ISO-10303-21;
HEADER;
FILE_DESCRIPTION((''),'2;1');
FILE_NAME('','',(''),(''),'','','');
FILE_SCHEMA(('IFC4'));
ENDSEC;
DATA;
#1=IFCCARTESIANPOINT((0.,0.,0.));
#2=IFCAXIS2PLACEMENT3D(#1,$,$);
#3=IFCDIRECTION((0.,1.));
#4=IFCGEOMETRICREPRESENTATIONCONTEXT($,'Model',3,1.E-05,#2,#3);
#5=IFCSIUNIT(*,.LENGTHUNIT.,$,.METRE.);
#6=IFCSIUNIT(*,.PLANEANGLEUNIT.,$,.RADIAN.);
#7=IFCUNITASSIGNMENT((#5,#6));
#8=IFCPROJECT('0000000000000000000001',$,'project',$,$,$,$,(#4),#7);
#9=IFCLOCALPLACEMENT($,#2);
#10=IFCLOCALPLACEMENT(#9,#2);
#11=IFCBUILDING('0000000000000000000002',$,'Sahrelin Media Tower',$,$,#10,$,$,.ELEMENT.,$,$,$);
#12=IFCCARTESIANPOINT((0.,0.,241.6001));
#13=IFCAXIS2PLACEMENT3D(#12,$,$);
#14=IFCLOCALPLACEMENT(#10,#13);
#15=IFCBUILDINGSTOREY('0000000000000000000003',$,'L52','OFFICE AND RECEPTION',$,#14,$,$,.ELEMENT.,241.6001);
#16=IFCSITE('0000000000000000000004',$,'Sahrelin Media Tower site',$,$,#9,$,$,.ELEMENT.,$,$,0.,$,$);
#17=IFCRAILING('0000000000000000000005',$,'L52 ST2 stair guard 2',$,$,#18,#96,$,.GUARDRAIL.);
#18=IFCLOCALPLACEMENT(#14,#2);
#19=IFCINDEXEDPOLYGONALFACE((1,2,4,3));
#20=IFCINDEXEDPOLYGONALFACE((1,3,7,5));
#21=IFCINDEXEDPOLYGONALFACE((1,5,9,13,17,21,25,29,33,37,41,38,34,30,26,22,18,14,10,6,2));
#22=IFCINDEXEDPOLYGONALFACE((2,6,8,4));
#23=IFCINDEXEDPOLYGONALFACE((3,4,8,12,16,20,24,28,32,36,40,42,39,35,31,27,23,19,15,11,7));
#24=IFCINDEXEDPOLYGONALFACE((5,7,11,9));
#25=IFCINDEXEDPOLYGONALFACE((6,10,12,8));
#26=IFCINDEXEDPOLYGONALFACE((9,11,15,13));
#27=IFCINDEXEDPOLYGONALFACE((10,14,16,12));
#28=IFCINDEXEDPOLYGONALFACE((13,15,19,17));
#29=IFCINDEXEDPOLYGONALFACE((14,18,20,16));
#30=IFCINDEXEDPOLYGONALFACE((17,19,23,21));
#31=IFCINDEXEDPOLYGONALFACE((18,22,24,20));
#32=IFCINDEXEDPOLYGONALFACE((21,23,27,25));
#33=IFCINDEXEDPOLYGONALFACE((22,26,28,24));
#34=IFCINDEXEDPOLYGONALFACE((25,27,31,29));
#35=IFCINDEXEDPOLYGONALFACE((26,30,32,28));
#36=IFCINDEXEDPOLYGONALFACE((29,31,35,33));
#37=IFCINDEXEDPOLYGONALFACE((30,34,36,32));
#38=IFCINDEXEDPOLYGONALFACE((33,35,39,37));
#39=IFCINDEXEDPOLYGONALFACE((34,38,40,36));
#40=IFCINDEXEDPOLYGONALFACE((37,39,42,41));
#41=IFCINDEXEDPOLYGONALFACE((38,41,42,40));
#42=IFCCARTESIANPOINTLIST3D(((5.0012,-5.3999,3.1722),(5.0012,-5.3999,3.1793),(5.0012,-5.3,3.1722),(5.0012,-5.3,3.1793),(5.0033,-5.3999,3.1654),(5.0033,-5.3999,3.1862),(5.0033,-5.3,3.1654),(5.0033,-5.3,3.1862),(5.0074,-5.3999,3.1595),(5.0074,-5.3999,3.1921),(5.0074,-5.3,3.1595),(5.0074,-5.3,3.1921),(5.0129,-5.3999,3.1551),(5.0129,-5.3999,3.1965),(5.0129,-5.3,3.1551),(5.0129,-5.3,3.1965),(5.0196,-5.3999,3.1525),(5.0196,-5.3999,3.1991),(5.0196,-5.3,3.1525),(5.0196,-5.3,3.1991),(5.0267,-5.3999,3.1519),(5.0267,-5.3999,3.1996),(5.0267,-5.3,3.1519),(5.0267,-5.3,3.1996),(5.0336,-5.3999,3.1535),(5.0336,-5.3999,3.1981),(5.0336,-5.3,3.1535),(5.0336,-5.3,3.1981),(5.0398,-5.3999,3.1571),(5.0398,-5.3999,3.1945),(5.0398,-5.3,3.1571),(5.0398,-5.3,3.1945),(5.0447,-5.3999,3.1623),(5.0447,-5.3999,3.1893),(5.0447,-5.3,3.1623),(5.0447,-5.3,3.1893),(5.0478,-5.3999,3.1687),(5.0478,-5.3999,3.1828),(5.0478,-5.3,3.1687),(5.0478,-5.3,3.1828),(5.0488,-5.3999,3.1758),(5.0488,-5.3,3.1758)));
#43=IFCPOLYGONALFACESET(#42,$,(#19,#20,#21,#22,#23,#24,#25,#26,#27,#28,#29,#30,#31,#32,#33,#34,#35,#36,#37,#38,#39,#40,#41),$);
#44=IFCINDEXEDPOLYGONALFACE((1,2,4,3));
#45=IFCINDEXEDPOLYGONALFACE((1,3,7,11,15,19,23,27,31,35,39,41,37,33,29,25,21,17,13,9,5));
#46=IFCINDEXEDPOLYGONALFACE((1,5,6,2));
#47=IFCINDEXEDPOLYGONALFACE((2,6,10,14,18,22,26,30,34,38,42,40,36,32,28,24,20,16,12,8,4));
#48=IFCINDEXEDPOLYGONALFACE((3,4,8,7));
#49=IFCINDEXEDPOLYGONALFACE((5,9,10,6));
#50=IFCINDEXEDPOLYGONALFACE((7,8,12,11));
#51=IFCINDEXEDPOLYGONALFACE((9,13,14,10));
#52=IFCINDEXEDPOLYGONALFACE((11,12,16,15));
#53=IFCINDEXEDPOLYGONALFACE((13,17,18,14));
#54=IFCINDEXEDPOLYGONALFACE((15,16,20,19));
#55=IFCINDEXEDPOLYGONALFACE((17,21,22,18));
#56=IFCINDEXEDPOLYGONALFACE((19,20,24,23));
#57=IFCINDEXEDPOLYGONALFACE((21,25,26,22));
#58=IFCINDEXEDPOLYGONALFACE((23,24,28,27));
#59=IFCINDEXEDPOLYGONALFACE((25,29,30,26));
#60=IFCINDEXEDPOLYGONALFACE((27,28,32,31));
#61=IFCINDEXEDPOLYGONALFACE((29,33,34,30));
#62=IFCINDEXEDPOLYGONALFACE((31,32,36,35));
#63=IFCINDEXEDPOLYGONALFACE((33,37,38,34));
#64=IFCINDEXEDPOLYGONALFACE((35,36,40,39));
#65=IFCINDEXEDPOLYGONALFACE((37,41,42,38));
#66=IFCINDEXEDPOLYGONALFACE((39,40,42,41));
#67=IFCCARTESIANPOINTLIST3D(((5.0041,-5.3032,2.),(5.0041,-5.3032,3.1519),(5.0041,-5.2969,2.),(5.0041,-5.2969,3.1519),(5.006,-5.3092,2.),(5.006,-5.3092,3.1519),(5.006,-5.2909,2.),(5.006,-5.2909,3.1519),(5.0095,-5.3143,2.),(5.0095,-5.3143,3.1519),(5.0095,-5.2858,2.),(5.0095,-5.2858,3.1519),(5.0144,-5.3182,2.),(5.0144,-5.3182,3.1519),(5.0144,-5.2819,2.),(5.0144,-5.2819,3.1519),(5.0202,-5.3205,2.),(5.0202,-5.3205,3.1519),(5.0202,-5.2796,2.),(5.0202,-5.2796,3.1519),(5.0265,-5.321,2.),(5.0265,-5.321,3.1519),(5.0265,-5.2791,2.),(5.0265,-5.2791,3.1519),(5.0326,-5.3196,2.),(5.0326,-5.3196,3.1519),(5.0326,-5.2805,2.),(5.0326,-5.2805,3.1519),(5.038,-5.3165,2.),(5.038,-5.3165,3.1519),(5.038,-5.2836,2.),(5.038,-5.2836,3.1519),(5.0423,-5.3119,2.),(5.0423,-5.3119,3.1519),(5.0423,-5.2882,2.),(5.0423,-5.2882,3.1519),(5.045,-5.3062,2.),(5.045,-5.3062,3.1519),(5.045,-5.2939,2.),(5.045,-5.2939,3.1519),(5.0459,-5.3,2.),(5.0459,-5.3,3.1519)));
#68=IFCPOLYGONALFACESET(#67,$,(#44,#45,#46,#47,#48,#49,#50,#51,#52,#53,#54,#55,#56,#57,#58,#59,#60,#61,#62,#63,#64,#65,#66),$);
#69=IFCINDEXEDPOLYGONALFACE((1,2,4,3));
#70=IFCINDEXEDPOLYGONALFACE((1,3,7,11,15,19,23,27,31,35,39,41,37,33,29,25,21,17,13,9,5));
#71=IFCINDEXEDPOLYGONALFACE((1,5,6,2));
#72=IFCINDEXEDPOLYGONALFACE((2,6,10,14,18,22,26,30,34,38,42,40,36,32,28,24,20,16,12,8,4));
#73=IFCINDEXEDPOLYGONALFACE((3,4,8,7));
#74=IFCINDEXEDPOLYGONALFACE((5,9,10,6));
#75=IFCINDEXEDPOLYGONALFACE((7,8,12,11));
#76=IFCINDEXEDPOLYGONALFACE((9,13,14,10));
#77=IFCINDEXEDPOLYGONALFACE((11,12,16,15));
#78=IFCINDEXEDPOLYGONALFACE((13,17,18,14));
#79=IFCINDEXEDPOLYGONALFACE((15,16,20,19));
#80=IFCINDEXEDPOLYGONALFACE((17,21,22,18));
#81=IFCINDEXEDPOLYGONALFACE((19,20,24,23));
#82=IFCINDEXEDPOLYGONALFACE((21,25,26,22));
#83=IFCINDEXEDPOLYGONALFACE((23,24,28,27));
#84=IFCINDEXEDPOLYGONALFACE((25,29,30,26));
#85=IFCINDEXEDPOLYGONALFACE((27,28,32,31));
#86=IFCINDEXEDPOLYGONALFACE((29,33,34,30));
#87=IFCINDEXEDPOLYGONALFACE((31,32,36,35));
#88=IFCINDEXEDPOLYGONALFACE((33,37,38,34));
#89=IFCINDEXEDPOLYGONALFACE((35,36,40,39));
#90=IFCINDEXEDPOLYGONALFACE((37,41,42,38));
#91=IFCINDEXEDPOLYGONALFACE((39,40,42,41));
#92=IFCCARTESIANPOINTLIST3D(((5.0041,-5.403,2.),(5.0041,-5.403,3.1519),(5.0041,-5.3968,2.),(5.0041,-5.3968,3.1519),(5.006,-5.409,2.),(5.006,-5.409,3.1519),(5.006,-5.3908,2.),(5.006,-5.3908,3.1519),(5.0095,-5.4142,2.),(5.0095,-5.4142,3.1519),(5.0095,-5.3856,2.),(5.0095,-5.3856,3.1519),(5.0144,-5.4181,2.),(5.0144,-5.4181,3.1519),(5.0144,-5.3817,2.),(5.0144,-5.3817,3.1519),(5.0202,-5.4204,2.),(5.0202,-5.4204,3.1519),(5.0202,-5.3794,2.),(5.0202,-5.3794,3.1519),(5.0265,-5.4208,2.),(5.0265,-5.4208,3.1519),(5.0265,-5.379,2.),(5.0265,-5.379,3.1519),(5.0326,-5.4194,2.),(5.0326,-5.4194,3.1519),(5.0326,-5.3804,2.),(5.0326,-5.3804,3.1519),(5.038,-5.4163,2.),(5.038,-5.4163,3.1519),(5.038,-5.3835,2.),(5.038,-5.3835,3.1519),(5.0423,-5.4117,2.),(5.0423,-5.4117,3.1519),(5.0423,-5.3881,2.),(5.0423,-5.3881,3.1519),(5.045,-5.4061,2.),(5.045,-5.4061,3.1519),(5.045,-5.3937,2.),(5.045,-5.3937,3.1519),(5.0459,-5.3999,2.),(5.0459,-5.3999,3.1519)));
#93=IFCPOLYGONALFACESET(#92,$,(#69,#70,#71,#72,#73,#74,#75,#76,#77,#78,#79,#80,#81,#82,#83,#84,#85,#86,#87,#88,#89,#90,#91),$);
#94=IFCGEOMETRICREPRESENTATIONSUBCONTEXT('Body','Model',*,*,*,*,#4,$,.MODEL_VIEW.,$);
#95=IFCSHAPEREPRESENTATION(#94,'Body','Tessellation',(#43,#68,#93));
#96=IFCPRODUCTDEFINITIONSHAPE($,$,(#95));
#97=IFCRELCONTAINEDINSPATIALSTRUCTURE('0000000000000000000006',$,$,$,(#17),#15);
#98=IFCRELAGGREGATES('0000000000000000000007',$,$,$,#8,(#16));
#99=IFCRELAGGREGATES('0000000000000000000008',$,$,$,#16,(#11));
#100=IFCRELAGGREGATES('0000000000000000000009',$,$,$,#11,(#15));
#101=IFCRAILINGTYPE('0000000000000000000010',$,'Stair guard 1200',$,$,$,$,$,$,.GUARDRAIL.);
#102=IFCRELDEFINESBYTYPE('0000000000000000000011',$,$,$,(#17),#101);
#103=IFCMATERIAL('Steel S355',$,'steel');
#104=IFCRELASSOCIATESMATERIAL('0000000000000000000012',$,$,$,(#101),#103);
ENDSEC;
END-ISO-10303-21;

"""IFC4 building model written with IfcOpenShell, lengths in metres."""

from ifc_helpers import new_model, si_unit, direction, frame, origin, origin_2d, place, context, subcontext, project, spatial, circle, extrude, material, type_object, element, save


model = new_model("IFC4")

# Units and contexts
model_context = context("Model", 3, precision=1e-05, world=origin(), true_north=direction((0.0, 1.0)))
body_context = subcontext(model_context, "Body", "Model", "MODEL_VIEW")
ifc_project = project(units=[si_unit("LENGTHUNIT", "METRE"), si_unit("PLANEANGLEUNIT", "RADIAN")], contexts=[model_context])

# Site, building, storey
site_placement = place(None, origin())
site = spatial("IfcSite", under=ifc_project, at=site_placement, Name="Sahrelin Media Tower site", CompositionType="ELEMENT", RefElevation=0.0)
building_placement = place(site_placement, origin())
building = spatial("IfcBuilding", under=site, at=building_placement, Name="Sahrelin Media Tower", CompositionType="ELEMENT")
storey_placement = place(building_placement, frame((0.0, 0.0, 241.6001)))
storey = spatial("IfcBuildingStorey", under=building, at=storey_placement, Name="L52", Description="OFFICE AND RECEPTION", CompositionType="ELEMENT", Elevation=241.6001)

# Shared definitions
ifc_material_1 = material(Name="Steel S355", Category="steel")

# Railing
railing_type_1 = type_object("IfcRailingType", Name="Stair guard 1200", PredefinedType="GUARDRAIL", material=ifc_material_1)
railing_1_placement = place(storey_placement, frame((5.0249, -5.3, 2.0)))
element("IfcRailing", 1, at=railing_1_placement, inside=storey, type_object=railing_type_1, Name="L52 ST2 stair guard 2", PredefinedType="GUARDRAIL", context=body_context, shape_type="SweptSolid", body=[
    extrude(circle(Radius=0.0239, at=origin_2d()), frame((0.0, 0.0, 1.1758), z_axis=(0.0, -1.0, 0.0), x_axis=(1.0, 0.0, 0.0)), (0.0, 0.0, 1.0), 0.0999),
    extrude(circle(Radius=0.021, at=origin_2d()), origin(), (0.0, 0.0, 1.0), 1.1519),
    extrude(circle(Radius=0.021, at=origin_2d()), frame((0.0, -0.0999, 0.0)), (0.0, 0.0, 1.0), 1.1519),
])

save(model, "model.ifc")
